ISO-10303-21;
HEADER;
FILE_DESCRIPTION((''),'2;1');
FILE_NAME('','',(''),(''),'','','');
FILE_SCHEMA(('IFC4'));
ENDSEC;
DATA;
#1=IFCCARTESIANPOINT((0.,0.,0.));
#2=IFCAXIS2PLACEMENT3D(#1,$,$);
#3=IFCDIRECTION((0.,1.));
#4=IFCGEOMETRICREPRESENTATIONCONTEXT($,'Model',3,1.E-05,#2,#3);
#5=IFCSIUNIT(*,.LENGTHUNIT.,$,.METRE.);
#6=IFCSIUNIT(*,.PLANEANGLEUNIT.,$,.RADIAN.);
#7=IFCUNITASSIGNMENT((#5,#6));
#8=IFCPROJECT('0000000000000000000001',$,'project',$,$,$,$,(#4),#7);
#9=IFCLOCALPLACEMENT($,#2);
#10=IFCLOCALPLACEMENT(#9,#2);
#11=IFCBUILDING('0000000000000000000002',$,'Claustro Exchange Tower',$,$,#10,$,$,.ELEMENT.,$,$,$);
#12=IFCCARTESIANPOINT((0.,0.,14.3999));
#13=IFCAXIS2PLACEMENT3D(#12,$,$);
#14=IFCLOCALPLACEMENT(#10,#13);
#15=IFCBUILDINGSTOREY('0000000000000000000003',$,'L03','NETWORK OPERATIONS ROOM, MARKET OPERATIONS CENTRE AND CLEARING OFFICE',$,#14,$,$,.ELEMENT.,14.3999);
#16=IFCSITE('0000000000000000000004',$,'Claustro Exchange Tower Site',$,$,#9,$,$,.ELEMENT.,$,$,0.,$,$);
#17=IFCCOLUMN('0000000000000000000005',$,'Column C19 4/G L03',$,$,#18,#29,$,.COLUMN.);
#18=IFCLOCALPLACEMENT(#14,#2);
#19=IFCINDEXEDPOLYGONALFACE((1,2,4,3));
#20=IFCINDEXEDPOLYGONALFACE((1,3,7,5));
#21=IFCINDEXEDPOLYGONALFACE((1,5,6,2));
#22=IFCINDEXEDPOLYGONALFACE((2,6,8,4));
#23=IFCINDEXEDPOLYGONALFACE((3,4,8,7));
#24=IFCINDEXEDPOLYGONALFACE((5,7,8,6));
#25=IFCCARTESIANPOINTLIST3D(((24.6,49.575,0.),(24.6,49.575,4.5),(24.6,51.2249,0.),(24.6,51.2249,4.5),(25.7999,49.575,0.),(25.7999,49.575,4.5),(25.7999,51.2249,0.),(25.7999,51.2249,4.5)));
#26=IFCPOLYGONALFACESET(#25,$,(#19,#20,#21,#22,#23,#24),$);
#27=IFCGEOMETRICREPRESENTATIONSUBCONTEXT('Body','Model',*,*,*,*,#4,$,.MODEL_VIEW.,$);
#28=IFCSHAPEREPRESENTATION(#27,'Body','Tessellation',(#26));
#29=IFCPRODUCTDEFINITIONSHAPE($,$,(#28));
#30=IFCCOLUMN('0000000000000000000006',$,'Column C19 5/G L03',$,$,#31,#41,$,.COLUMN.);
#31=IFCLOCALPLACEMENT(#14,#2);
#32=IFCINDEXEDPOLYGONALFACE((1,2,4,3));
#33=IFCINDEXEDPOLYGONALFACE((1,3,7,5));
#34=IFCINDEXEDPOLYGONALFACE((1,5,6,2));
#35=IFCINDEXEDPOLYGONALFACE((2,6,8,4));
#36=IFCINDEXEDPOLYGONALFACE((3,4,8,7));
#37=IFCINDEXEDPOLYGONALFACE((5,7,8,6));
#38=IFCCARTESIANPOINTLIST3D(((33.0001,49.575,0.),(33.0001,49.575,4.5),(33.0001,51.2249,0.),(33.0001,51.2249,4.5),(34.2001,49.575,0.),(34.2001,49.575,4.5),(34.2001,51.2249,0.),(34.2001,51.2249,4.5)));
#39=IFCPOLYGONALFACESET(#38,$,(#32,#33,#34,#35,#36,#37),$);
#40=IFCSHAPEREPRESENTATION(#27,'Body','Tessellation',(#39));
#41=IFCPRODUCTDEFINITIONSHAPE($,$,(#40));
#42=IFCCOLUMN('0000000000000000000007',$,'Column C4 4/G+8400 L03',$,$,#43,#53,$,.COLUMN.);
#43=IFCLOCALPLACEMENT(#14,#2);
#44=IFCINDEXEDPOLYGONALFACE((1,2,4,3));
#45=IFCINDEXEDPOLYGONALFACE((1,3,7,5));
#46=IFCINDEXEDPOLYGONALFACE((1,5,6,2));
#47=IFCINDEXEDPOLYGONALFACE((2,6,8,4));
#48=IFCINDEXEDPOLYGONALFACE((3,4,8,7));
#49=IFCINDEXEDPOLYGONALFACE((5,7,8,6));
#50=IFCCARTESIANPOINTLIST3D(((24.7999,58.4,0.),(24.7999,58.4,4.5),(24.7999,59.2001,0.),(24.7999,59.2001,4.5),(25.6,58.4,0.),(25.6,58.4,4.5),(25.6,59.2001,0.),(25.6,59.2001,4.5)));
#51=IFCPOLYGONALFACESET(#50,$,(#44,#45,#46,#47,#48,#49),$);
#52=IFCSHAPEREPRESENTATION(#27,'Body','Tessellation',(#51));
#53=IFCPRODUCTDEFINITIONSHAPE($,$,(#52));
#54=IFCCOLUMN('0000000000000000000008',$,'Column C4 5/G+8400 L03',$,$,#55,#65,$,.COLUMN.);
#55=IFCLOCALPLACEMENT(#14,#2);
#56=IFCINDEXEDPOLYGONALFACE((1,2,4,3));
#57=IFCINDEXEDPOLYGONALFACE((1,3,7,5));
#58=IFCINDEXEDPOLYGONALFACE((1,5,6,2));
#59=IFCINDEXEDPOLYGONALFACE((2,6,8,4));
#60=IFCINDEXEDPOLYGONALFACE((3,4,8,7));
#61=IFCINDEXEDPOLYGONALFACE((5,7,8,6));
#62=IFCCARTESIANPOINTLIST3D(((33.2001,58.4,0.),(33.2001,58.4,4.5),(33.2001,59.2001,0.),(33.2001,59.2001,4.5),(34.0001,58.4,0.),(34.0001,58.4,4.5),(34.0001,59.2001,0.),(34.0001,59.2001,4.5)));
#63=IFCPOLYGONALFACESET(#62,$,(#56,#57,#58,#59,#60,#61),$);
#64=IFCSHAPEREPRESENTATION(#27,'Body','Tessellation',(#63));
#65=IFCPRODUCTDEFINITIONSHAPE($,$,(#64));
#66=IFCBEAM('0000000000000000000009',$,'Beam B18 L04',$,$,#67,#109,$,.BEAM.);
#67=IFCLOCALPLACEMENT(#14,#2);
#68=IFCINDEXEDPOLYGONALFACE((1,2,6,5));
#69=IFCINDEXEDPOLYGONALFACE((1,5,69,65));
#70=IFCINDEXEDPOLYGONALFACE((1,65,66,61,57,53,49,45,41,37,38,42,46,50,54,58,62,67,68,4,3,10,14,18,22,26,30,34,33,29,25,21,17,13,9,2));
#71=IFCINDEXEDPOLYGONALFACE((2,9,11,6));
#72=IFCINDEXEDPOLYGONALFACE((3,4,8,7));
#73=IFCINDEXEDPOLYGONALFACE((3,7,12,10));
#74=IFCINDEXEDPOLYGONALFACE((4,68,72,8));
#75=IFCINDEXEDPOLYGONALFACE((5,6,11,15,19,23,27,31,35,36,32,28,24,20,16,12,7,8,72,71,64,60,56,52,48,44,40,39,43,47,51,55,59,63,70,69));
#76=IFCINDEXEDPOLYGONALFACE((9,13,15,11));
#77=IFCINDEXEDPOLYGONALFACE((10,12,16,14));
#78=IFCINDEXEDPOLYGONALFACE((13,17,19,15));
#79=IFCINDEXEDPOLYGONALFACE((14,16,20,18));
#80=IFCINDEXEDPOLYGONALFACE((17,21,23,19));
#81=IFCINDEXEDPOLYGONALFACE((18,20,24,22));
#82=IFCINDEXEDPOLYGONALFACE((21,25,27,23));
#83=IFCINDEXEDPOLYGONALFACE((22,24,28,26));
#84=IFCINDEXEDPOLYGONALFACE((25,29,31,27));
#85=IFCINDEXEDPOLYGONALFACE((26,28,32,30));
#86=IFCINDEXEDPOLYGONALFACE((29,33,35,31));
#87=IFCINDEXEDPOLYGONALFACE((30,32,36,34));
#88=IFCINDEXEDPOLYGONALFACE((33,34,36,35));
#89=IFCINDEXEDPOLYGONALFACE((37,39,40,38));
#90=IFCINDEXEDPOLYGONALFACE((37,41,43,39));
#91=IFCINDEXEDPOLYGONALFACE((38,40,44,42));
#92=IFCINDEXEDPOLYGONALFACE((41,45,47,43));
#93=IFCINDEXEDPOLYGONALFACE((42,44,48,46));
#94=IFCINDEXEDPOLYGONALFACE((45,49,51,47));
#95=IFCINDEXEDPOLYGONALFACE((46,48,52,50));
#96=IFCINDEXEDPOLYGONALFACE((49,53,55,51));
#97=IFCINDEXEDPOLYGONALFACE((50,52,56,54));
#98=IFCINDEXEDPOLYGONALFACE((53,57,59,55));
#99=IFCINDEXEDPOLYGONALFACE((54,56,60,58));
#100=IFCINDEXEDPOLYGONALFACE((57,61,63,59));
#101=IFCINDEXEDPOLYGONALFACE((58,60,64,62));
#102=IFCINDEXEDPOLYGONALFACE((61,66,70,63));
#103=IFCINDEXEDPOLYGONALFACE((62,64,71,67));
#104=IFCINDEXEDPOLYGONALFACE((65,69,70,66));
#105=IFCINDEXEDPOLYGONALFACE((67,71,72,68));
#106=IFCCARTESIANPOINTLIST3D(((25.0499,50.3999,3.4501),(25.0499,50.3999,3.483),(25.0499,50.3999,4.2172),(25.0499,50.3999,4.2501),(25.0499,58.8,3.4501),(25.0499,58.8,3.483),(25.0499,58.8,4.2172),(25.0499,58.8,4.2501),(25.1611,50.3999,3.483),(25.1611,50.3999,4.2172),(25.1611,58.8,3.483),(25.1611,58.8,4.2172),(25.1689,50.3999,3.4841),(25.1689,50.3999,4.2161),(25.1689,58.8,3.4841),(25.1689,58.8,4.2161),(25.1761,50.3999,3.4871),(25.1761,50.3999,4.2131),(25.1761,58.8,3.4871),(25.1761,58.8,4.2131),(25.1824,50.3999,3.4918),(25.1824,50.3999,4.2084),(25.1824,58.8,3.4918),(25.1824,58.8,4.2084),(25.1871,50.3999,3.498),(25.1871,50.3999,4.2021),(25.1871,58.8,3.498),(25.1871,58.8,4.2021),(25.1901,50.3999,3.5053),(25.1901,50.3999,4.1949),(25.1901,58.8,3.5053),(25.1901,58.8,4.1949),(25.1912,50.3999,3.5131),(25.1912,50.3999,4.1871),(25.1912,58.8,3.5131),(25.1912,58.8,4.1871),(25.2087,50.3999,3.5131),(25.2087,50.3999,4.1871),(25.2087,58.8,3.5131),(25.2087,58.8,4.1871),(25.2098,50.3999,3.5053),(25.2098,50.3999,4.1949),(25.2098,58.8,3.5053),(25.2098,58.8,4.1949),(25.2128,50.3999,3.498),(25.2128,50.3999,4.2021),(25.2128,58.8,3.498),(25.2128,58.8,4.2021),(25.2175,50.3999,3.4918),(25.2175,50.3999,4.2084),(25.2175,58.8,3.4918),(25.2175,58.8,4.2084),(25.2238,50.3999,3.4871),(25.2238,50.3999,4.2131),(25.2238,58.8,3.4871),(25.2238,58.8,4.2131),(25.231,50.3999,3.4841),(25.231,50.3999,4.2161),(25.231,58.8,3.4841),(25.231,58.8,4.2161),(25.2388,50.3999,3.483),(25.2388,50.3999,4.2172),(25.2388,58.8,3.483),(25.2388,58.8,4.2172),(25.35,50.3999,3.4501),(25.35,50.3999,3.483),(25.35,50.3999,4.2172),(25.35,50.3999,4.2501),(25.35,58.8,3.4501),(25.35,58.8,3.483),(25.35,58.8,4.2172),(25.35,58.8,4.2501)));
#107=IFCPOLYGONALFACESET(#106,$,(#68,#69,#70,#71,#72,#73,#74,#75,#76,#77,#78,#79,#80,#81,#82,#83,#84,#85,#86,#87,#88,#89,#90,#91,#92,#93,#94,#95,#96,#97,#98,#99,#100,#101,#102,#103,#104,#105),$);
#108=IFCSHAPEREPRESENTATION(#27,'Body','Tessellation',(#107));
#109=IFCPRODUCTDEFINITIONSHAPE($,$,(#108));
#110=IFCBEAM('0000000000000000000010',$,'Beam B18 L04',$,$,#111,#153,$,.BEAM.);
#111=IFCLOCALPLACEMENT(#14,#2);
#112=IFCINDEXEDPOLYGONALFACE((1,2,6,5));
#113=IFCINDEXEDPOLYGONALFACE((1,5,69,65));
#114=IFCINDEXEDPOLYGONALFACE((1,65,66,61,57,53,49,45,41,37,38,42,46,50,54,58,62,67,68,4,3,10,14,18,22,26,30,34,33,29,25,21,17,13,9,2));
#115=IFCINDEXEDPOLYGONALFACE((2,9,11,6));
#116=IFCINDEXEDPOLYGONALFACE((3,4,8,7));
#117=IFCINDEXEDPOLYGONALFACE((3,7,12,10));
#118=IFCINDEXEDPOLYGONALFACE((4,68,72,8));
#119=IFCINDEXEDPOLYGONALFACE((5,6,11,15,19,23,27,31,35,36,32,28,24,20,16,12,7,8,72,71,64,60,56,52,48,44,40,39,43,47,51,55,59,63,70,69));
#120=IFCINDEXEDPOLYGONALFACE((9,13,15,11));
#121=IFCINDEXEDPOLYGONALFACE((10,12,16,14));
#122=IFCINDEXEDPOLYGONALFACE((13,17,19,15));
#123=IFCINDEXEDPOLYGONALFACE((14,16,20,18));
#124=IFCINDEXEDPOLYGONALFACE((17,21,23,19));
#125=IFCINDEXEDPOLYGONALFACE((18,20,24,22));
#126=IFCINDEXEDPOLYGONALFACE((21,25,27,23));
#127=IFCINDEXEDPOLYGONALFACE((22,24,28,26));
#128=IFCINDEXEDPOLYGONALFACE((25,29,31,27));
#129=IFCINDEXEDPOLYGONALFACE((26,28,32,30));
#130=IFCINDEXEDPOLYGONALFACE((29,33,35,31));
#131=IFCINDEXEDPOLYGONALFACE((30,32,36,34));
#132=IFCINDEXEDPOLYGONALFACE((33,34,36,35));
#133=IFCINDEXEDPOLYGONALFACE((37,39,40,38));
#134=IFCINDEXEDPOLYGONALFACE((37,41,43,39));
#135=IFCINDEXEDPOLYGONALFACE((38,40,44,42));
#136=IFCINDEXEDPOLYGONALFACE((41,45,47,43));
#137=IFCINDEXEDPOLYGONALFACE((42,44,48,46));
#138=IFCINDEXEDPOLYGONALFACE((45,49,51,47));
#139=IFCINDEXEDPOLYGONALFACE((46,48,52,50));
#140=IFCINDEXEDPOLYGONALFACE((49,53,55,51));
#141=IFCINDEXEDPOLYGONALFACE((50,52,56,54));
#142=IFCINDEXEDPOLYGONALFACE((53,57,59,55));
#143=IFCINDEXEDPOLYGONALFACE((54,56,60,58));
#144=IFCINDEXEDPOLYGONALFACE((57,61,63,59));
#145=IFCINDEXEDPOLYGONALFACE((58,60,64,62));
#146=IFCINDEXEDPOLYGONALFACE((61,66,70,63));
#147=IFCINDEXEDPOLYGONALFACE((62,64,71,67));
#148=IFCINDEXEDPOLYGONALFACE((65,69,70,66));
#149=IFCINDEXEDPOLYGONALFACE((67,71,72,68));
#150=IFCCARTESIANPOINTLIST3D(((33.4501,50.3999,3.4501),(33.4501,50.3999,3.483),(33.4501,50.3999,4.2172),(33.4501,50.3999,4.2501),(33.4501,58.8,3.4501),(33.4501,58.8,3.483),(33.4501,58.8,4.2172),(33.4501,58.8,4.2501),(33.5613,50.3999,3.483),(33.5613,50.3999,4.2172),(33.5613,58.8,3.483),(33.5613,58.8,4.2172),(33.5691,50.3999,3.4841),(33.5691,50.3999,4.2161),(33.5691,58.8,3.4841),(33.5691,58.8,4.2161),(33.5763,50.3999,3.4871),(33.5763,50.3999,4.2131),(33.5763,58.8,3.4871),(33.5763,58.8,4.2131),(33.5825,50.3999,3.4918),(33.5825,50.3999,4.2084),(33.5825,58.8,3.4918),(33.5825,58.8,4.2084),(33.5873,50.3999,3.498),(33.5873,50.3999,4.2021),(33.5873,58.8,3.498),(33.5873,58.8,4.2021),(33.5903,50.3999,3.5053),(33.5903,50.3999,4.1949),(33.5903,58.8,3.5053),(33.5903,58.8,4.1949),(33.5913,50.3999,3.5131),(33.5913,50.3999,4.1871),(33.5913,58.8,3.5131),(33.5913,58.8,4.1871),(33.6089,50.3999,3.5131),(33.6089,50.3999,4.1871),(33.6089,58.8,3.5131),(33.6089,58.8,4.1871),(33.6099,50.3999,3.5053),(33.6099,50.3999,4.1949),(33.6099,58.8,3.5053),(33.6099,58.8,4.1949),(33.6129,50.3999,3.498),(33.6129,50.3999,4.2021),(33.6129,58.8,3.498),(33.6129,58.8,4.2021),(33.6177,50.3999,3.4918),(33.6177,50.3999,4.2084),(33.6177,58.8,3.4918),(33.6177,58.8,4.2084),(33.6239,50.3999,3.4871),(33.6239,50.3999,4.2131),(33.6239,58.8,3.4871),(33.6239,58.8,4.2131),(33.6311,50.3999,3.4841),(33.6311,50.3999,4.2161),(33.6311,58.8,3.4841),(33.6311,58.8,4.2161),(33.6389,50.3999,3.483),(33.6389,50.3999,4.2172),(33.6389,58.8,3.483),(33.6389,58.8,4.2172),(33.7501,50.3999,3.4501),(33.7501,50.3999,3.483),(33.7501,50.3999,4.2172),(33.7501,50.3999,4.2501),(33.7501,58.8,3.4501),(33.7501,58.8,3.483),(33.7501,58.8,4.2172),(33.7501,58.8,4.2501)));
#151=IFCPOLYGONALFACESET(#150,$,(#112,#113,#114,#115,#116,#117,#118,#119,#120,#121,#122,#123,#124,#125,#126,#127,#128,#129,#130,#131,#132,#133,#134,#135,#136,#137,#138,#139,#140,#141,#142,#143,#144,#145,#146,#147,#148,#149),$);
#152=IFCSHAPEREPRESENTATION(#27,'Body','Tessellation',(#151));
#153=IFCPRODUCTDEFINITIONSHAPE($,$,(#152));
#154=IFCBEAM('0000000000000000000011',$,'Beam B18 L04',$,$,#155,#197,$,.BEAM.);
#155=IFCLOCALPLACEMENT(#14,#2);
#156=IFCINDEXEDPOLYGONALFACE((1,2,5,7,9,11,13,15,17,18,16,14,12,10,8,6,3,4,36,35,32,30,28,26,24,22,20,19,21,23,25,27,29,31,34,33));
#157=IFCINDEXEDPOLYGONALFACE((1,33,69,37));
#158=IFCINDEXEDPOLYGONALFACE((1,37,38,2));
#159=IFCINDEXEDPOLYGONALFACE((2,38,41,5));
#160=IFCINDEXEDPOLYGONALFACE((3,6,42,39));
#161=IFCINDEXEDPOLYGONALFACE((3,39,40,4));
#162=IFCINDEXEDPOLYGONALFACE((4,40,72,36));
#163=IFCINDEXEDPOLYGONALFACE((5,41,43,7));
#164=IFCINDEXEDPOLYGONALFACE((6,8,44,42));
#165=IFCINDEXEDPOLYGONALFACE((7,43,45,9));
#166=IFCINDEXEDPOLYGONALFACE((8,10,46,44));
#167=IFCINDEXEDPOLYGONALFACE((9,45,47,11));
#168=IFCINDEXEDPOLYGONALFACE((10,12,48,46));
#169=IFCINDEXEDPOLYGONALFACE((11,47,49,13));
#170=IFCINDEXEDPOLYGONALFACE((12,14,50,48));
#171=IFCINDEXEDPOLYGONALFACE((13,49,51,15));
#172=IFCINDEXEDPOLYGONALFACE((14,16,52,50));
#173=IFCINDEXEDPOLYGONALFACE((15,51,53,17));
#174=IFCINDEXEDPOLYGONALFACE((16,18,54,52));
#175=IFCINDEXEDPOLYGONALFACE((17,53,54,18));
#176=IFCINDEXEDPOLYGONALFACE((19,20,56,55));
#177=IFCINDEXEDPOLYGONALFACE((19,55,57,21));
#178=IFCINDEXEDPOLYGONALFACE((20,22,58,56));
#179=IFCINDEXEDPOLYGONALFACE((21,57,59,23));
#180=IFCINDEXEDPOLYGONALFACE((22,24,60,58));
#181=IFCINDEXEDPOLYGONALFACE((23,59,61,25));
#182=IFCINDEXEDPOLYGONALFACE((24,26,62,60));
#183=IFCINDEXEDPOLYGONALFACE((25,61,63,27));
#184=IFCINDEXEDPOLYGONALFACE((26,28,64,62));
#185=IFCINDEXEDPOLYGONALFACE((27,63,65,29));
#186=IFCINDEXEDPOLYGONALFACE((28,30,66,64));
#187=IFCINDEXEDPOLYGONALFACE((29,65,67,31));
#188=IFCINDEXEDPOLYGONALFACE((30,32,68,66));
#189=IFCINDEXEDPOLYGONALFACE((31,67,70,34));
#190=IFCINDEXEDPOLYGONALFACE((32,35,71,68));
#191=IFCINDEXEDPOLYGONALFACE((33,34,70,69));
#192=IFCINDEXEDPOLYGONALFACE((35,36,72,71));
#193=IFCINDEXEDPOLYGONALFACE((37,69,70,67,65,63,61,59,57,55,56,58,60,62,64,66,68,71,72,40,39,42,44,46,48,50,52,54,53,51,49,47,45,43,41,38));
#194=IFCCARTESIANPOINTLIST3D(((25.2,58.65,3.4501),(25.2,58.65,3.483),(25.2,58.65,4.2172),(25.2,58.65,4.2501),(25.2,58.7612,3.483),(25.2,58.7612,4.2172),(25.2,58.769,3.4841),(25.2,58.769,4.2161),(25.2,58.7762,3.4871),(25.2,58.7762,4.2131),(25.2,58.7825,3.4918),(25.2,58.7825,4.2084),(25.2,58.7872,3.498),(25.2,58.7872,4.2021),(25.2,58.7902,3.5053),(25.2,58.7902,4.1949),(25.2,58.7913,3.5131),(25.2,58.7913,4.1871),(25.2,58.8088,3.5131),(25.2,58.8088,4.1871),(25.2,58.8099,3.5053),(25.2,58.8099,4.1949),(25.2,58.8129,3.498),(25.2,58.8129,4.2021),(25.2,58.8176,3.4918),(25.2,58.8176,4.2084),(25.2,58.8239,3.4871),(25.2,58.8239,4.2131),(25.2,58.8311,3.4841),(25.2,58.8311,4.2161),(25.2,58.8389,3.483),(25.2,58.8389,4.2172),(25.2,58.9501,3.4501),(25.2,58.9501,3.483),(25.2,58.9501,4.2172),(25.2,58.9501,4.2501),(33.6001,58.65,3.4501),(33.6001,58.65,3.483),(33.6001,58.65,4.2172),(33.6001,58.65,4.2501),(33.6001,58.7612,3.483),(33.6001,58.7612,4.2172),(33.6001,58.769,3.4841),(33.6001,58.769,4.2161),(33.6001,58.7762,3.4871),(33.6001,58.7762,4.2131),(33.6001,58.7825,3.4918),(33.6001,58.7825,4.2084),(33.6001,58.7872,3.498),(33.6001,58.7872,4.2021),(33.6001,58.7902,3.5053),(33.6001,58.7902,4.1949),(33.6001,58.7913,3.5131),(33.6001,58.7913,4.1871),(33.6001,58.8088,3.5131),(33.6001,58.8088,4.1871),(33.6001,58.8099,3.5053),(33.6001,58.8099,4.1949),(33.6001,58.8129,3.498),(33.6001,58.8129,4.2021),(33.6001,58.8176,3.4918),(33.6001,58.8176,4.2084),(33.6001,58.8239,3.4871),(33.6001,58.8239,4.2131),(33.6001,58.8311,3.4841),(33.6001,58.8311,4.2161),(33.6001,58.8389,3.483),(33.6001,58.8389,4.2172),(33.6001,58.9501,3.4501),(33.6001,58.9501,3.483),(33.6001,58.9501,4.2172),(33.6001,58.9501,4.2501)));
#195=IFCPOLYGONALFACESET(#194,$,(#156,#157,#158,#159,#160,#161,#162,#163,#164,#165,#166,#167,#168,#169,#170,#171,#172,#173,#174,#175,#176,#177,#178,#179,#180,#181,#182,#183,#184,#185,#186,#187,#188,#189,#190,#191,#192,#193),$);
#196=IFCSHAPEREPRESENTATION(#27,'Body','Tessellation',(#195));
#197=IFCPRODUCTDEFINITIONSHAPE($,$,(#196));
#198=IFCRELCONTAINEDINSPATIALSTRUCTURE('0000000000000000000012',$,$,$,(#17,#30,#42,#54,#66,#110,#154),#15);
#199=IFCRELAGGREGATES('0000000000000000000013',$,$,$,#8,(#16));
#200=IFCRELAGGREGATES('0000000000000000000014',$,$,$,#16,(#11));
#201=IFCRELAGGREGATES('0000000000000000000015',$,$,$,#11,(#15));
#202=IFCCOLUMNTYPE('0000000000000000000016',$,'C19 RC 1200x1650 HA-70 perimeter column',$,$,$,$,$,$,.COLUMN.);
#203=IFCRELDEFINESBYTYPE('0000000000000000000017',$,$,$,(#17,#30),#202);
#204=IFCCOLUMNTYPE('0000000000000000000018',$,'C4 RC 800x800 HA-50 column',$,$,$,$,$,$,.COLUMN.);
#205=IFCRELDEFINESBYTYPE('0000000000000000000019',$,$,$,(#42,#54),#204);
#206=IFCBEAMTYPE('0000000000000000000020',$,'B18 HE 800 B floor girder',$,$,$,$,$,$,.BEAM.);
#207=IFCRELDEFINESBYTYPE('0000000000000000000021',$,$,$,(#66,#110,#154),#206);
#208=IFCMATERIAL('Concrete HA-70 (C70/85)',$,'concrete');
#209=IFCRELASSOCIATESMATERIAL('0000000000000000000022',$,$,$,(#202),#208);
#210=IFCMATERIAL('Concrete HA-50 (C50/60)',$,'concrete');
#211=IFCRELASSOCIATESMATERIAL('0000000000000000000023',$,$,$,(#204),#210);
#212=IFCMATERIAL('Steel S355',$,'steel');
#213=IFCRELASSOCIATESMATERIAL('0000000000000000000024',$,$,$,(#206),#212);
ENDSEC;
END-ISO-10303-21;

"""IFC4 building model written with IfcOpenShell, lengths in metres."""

from ifc_helpers import new_model, si_unit, direction, frame, origin, origin_2d, place, context, subcontext, project, spatial, rectangle, i_section, extrude, material, material_profile, profile_set, type_object, element, save


model = new_model("IFC4")

# Units and contexts
model_context = context("Model", 3, precision=1e-05, world=origin(), true_north=direction((0.0, 1.0)))
body_context = subcontext(model_context, "Body", "Model", "MODEL_VIEW")
ifc_project = project(units=[si_unit("LENGTHUNIT", "METRE"), si_unit("PLANEANGLEUNIT", "RADIAN")], contexts=[model_context])

# Site, building, storey
site_placement = place(None, origin())
site = spatial("IfcSite", under=ifc_project, at=site_placement, Name="Claustro Exchange Tower Site", CompositionType="ELEMENT", RefElevation=0.0)
building_placement = place(site_placement, origin())
building = spatial("IfcBuilding", under=site, at=building_placement, Name="Claustro Exchange Tower", CompositionType="ELEMENT")
storey_placement = place(building_placement, frame((0.0, 0.0, 14.3999)))
storey = spatial("IfcBuildingStorey", under=building, at=storey_placement, Name="L03", Description="NETWORK OPERATIONS ROOM, MARKET OPERATIONS CENTRE AND CLEARING OFFICE", CompositionType="ELEMENT", Elevation=14.3999)

# Columns
ifc_material_1 = material(Name="Concrete HA-70 (C70/85)", Category="concrete")
ifc_material_profile_1 = material_profile(ifc_material_1, rectangle(XDim=1.2, YDim=1.6499, at=origin_2d()), Name="RC 1200x1650")
ifc_profile_set_1 = profile_set([ifc_material_profile_1], Name="Concrete HA-70 (C70/85)")
column_type_1 = type_object("IfcColumnType", Name="C19 RC 1200x1650 HA-70 perimeter column", PredefinedType="COLUMN", material=ifc_profile_set_1)
for number, where, z_axis, x_axis, name in (
    (1, (25.2, 50.3999, 0.0), (0.0, 0.0, 1.0), (1.0, 0.0, 0.0), "Column C19 4/G L03"),
    (2, (33.6001, 50.3999, 0.0), (0.0, 0.0, 1.0), (1.0, 0.0, 0.0), "Column C19 5/G L03"),
):
    element("IfcColumn", number, at=place(storey_placement, frame(where, z_axis=z_axis, x_axis=x_axis)), inside=storey, type_object=column_type_1, Name=name, PredefinedType="COLUMN", context=body_context, shape_type="SweptSolid", body=[
        extrude(rectangle(XDim=1.2, YDim=1.6499, at=origin_2d()), origin(), (0.0, 0.0, 1.0), 4.5),
    ])
ifc_material_2 = material(Name="Concrete HA-50 (C50/60)", Category="concrete")
ifc_material_profile_2 = material_profile(ifc_material_2, rectangle(XDim=0.8, YDim=0.8, at=origin_2d()), Name="RC 800x800")
ifc_profile_set_2 = profile_set([ifc_material_profile_2], Name="Concrete HA-50 (C50/60)")
column_type_2 = type_object("IfcColumnType", Name="C4 RC 800x800 HA-50 column", PredefinedType="COLUMN", material=ifc_profile_set_2)
for number, where, z_axis, x_axis, name in (
    (3, (25.2, 58.8, 0.0), (0.0, 0.0, 1.0), (1.0, 0.0, 0.0), "Column C4 4/G+8400 L03"),
    (4, (33.6001, 58.8, 0.0), (0.0, 0.0, 1.0), (1.0, 0.0, 0.0), "Column C4 5/G+8400 L03"),
):
    element("IfcColumn", number, at=place(storey_placement, frame(where, z_axis=z_axis, x_axis=x_axis)), inside=storey, type_object=column_type_2, Name=name, PredefinedType="COLUMN", context=body_context, shape_type="SweptSolid", body=[
        extrude(rectangle(XDim=0.8, YDim=0.8, at=origin_2d()), origin(), (0.0, 0.0, 1.0), 4.5),
    ])

# Beams
ifc_material_3 = material(Name="Steel S355", Category="steel")
ifc_material_profile_3 = material_profile(ifc_material_3, i_section(OverallWidth=0.3, OverallDepth=0.8, WebThickness=0.0176, FlangeThickness=0.033, FilletRadius=0.03, at=origin_2d()), Name="HE 800 B")
ifc_profile_set_3 = profile_set([ifc_material_profile_3], Name="Steel S355")
beam_type_1 = type_object("IfcBeamType", Name="B18 HE 800 B floor girder", PredefinedType="BEAM", material=ifc_profile_set_3)
for number, where, z_axis, x_axis, name in (
    (5, (25.2, 50.3999, 3.8501), (0.0, 1.0, 0.0), (-1.0, 0.0, 0.0), "Beam B18 L04"),
    (6, (33.6001, 50.3999, 3.8501), (0.0, 1.0, 0.0), (-1.0, 0.0, 0.0), "Beam B18 L04"),
    (7, (25.2, 58.8, 3.8501), (1.0, 0.0, 0.0), (0.0, 1.0, 0.0), "Beam B18 L04"),
):
    element("IfcBeam", number, at=place(storey_placement, frame(where, z_axis=z_axis, x_axis=x_axis)), inside=storey, type_object=beam_type_1, Name=name, PredefinedType="BEAM", context=body_context, shape_type="SweptSolid", body=[
        extrude(i_section(OverallWidth=0.3, OverallDepth=0.8, WebThickness=0.0176, FlangeThickness=0.033, FilletRadius=0.03, at=origin_2d()), origin(), (0.0, 0.0, 1.0), 8.4001),
    ])

save(model, "model.ifc")
